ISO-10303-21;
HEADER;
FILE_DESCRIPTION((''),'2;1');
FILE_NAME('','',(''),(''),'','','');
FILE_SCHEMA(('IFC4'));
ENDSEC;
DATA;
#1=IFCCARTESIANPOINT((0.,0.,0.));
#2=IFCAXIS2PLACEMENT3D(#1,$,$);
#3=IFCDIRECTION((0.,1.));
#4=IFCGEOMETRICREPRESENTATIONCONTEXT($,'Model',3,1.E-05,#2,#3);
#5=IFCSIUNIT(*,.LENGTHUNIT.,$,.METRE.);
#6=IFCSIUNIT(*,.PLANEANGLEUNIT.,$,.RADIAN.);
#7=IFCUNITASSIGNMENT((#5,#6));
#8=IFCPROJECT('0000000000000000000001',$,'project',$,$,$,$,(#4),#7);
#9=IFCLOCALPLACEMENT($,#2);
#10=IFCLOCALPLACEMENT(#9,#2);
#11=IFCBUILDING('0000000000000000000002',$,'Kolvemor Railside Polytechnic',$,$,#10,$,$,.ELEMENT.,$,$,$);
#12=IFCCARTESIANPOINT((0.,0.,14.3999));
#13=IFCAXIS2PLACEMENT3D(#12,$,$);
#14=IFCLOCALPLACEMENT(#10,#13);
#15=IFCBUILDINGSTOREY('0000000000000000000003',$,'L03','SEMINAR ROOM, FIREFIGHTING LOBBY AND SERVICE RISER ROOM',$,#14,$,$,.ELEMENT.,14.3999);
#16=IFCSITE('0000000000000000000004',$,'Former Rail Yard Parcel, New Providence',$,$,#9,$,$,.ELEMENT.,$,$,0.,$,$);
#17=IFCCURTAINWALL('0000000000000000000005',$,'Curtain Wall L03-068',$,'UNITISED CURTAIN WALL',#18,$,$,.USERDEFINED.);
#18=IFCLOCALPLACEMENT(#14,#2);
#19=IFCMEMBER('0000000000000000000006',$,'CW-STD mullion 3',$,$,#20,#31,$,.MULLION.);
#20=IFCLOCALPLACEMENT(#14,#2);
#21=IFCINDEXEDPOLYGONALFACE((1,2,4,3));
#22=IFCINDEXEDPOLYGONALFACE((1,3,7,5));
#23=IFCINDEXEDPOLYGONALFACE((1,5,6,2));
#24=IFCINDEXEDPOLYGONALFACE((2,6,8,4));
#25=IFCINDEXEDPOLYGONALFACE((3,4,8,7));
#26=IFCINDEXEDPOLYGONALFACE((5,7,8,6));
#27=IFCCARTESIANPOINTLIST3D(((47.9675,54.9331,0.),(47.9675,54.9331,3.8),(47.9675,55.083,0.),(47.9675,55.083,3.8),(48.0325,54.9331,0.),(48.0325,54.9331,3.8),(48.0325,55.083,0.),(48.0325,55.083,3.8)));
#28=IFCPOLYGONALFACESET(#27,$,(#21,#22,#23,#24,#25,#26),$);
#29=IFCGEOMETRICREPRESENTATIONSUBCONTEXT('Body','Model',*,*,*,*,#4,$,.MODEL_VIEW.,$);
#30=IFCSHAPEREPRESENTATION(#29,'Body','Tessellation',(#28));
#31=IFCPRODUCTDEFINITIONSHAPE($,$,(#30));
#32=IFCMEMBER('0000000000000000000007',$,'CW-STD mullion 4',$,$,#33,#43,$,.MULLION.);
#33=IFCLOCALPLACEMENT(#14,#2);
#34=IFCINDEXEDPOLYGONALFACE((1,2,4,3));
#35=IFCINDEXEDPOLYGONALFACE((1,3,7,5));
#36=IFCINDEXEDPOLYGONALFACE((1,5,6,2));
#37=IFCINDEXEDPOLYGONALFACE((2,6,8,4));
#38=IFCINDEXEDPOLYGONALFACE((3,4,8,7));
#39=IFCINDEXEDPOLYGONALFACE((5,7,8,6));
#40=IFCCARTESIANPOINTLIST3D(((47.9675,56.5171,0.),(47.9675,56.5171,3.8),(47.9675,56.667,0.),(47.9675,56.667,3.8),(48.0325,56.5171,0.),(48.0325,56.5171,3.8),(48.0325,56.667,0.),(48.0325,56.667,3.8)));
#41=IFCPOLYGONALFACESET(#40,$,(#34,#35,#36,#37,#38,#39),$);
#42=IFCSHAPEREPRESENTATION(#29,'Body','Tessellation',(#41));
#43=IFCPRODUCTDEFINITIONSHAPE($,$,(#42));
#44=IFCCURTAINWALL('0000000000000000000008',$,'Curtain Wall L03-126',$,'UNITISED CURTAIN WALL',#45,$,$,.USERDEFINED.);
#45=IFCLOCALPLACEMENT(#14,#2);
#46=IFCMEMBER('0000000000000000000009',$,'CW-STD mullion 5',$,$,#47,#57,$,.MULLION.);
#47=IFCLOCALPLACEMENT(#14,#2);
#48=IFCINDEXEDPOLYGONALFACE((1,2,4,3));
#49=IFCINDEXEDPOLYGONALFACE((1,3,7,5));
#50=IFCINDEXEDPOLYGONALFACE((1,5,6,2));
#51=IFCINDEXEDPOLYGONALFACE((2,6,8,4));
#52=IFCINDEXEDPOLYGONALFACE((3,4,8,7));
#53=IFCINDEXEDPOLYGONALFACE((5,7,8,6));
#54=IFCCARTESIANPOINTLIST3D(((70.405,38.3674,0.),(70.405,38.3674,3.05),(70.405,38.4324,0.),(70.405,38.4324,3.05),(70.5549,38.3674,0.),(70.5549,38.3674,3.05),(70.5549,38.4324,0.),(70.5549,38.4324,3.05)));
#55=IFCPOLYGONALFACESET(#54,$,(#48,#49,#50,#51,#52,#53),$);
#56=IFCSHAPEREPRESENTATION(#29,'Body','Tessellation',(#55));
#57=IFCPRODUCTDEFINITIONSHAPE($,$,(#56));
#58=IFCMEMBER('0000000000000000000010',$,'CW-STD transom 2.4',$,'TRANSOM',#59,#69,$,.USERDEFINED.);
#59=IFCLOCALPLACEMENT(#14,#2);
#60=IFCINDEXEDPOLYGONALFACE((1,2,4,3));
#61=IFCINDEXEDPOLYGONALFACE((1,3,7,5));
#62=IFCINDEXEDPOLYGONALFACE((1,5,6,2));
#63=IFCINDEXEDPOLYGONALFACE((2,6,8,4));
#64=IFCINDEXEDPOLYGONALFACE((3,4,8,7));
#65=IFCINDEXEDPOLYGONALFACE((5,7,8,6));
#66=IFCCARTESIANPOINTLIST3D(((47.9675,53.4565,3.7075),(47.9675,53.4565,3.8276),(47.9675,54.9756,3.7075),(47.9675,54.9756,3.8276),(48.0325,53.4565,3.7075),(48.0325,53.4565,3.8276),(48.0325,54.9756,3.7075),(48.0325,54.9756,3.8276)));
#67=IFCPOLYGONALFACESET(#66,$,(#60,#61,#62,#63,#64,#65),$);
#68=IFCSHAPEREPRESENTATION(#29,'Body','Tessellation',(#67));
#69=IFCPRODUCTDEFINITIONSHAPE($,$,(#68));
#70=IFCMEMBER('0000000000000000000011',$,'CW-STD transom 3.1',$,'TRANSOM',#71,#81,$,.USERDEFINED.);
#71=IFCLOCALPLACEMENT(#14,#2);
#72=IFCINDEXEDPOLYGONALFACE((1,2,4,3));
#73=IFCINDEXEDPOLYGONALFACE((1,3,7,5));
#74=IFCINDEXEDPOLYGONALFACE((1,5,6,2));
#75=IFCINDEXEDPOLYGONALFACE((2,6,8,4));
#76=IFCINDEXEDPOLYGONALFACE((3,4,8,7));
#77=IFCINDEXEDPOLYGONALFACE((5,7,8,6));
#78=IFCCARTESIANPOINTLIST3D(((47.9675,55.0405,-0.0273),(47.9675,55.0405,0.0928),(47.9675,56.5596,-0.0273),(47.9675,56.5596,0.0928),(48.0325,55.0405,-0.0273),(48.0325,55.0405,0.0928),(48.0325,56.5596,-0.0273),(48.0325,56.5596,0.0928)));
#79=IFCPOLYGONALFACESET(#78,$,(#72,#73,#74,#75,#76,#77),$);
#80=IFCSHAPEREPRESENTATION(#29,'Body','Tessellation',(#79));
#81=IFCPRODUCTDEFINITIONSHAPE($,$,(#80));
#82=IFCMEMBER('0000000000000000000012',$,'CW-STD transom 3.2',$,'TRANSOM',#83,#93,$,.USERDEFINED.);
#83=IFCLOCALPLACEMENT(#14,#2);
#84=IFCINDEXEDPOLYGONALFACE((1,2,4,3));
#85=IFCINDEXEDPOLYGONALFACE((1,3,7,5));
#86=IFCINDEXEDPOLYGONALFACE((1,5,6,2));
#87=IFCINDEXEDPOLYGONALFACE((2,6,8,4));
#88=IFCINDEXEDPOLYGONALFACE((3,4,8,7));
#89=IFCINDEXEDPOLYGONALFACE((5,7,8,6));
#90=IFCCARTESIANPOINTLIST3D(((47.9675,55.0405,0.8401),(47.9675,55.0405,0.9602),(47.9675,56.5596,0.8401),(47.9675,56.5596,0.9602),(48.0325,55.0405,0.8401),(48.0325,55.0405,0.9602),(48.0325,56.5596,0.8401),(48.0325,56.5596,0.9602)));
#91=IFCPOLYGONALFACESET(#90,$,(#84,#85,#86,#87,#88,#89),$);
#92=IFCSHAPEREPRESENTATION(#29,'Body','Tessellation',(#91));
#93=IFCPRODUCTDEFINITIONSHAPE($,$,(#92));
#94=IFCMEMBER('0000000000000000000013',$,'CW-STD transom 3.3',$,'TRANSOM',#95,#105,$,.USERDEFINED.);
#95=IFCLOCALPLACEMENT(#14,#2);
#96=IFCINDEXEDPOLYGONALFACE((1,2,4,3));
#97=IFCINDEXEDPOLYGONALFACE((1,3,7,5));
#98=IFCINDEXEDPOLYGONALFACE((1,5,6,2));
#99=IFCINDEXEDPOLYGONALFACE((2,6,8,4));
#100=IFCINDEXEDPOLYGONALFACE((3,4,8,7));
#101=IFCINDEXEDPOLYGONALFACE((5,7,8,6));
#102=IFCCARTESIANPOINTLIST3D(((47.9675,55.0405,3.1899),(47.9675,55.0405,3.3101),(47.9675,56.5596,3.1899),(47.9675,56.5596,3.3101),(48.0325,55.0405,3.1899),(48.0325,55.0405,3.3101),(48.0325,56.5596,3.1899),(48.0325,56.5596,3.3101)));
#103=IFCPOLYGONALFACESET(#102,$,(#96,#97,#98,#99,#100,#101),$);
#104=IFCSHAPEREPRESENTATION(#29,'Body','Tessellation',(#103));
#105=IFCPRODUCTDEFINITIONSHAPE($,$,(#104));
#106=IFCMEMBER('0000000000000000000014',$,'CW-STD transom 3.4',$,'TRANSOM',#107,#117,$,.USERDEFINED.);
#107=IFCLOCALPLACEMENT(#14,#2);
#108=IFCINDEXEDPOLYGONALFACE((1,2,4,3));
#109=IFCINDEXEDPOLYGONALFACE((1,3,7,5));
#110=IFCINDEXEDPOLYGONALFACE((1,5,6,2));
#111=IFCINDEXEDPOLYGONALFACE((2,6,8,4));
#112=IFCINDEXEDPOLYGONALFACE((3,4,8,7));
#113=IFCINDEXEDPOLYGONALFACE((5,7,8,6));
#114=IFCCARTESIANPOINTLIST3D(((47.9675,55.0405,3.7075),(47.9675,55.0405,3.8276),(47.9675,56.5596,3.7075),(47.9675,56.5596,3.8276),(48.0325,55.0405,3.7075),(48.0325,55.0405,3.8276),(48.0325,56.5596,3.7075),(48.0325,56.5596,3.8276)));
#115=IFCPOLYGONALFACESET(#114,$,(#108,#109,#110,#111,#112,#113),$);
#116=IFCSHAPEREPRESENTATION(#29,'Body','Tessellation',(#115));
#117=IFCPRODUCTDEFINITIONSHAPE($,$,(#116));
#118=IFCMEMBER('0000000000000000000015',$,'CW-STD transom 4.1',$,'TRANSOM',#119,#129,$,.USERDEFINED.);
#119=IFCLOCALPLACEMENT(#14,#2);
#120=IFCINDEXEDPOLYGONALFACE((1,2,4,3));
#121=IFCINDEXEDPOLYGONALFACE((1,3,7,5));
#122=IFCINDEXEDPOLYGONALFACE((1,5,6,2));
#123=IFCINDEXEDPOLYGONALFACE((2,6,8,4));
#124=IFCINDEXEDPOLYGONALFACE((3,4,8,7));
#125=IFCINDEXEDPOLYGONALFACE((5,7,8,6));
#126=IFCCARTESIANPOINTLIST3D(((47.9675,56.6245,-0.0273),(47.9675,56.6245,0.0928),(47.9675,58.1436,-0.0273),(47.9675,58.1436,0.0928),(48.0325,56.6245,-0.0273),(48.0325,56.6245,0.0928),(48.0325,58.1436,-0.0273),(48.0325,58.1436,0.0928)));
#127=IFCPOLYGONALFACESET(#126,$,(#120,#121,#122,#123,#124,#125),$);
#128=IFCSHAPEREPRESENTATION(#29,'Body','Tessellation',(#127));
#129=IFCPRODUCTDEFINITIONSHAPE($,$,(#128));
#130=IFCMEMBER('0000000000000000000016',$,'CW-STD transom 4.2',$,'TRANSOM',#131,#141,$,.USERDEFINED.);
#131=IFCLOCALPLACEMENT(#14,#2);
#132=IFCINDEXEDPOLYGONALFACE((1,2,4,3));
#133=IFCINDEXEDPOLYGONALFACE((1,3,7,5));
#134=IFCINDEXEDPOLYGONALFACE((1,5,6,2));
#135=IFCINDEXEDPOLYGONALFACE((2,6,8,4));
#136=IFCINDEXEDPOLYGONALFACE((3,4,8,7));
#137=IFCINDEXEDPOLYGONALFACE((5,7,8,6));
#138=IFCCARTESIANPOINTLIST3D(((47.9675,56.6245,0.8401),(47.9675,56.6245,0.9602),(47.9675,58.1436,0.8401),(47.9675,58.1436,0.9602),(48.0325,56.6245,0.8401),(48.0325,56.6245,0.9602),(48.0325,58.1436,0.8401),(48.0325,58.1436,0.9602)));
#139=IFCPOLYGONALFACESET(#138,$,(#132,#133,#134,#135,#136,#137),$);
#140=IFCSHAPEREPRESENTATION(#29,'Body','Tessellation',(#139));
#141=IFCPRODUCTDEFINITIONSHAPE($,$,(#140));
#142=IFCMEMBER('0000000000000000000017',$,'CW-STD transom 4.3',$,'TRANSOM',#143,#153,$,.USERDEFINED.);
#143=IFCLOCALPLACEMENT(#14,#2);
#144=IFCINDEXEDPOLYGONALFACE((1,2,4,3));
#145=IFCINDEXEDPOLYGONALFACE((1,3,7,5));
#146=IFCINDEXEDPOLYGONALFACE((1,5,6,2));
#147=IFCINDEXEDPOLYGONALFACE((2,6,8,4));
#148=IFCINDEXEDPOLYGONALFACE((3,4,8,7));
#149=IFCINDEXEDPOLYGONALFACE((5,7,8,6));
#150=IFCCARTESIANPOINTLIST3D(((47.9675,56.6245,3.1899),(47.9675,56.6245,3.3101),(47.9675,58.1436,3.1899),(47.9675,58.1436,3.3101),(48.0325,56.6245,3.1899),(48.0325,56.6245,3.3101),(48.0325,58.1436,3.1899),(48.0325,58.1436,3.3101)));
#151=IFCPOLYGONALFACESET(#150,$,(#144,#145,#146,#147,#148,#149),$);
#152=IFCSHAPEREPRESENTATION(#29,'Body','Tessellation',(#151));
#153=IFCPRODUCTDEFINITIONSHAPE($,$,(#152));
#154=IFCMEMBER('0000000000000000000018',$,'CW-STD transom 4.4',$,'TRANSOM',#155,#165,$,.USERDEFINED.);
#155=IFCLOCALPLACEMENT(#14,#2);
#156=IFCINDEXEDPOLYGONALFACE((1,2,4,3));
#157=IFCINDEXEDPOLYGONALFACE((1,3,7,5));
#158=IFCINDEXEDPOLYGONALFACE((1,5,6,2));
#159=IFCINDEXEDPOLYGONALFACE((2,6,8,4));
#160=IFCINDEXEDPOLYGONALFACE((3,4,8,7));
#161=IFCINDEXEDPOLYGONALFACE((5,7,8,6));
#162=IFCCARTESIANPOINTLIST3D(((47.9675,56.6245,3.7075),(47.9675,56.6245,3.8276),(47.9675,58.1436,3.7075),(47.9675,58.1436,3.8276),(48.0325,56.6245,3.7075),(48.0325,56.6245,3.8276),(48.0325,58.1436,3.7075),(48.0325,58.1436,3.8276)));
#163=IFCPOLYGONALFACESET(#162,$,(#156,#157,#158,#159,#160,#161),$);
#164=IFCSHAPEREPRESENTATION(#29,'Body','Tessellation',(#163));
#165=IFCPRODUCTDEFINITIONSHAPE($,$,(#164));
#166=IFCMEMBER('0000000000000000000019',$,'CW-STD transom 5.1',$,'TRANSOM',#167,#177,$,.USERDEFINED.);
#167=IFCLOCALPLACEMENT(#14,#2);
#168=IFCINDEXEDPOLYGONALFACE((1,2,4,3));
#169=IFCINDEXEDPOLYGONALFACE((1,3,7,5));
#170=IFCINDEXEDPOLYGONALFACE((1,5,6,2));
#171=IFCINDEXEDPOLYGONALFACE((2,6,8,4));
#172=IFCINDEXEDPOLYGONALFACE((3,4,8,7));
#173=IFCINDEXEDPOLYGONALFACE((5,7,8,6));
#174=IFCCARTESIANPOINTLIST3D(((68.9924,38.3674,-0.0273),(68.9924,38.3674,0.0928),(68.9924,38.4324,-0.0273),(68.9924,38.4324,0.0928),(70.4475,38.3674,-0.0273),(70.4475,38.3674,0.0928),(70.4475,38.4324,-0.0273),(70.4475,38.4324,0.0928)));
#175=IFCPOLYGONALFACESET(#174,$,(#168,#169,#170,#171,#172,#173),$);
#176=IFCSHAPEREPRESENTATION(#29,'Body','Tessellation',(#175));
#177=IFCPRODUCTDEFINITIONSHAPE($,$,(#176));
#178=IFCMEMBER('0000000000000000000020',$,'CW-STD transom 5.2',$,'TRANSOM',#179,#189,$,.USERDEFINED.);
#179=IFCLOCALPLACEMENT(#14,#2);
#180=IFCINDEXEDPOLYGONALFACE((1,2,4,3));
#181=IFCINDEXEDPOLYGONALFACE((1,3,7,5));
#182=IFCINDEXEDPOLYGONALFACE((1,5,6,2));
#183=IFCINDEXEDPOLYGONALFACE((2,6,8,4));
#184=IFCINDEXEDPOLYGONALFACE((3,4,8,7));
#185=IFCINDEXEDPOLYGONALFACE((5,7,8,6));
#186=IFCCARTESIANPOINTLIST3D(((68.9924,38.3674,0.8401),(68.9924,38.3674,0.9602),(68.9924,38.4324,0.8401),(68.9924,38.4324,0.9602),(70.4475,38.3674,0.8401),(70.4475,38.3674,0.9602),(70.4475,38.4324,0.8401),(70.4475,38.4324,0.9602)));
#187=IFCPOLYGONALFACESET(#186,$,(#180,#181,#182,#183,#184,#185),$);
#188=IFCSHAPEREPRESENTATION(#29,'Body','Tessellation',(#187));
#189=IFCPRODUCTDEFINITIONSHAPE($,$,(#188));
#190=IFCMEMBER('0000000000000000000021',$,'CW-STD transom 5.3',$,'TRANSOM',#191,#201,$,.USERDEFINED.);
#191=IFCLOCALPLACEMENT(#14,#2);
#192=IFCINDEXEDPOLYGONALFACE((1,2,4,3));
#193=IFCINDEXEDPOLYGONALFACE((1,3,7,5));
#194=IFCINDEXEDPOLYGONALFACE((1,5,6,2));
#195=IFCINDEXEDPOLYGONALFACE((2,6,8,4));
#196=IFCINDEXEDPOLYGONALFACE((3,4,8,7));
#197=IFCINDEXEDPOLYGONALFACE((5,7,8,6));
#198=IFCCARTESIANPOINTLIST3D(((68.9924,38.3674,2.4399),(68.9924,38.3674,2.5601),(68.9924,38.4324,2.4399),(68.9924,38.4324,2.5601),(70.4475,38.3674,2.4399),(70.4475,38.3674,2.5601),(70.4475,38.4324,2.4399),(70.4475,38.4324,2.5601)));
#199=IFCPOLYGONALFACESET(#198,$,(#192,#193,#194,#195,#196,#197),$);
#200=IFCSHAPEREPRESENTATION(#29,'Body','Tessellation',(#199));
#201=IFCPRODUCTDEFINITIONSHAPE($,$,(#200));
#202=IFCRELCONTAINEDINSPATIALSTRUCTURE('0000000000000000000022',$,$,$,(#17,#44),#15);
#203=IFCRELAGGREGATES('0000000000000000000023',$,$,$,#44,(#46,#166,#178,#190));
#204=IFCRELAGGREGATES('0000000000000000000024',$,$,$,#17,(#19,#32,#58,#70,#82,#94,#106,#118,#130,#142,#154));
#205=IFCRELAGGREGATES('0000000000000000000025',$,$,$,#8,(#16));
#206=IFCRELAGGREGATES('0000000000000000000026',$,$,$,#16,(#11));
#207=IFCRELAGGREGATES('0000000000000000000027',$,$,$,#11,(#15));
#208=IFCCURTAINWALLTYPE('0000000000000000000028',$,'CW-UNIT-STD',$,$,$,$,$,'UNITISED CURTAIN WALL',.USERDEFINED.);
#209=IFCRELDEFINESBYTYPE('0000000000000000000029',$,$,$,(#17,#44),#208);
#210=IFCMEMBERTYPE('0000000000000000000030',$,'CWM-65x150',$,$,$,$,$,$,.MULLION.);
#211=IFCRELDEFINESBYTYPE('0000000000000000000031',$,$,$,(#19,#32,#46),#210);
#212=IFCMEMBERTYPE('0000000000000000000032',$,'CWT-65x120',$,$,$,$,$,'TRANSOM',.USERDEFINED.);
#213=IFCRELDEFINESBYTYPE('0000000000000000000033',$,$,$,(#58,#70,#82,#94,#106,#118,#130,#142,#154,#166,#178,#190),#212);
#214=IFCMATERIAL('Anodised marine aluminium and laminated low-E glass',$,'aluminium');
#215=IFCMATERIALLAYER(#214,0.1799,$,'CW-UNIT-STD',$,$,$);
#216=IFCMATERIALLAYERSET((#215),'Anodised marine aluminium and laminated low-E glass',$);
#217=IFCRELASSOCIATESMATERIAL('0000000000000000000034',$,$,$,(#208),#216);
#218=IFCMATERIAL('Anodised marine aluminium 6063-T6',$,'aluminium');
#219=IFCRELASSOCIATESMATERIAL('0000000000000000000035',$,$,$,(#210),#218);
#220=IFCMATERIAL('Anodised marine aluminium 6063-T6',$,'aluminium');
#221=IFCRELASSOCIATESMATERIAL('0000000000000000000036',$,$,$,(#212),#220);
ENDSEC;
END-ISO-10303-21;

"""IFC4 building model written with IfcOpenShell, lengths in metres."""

from ifc_helpers import new_model, si_unit, direction, frame, origin, origin_2d, place, context, subcontext, project, spatial, rectangle, extrude, material, layer, layer_set, material_profile, profile_set, type_object, element, aggregate, save


model = new_model("IFC4")

# Units and contexts
model_context = context("Model", 3, precision=1e-05, world=origin(), true_north=direction((0.0, 1.0)))
body_context = subcontext(model_context, "Body", "Model", "MODEL_VIEW")
ifc_project = project(units=[si_unit("LENGTHUNIT", "METRE"), si_unit("PLANEANGLEUNIT", "RADIAN")], contexts=[model_context])

# Site, building, storey
site_placement = place(None, origin())
site = spatial("IfcSite", under=ifc_project, at=site_placement, Name="Former Rail Yard Parcel, New Providence", CompositionType="ELEMENT", RefElevation=0.0)
building_placement = place(site_placement, origin())
building = spatial("IfcBuilding", under=site, at=building_placement, Name="Kolvemor Railside Polytechnic", CompositionType="ELEMENT")
storey_placement = place(building_placement, frame((0.0, 0.0, 14.3999)))
storey = spatial("IfcBuildingStorey", under=building, at=storey_placement, Name="L03", Description="SEMINAR ROOM, FIREFIGHTING LOBBY AND SERVICE RISER ROOM", CompositionType="ELEMENT", Elevation=14.3999)

# Curtain wall, members
ifc_material_1 = material(Name="Anodised marine aluminium and laminated low-E glass", Category="aluminium")
ifc_layer_1 = layer(ifc_material_1, 0.1799, Name="CW-UNIT-STD")
ifc_layer_set_1 = layer_set([ifc_layer_1], Name="Anodised marine aluminium and laminated low-E glass")
curtain_wall_type = type_object("IfcCurtainWallType", Name="CW-UNIT-STD", ElementType="UNITISED CURTAIN WALL", PredefinedType="USERDEFINED", material=ifc_layer_set_1)
curtain_wall_1_placement = place(storey_placement, origin())
curtain_wall_1 = element("IfcCurtainWall", 1, at=curtain_wall_1_placement, inside=storey, type_object=curtain_wall_type, Name="Curtain Wall L03-068", ObjectType="UNITISED CURTAIN WALL", PredefinedType="USERDEFINED")
ifc_material_2 = material(Name="Anodised marine aluminium 6063-T6", Category="aluminium")
ifc_material_profile_1 = material_profile(ifc_material_2, rectangle(XDim=0.0649, YDim=0.1499, at=origin_2d()), Name="CW-MUL-65x150")
ifc_profile_set_1 = profile_set([ifc_material_profile_1], Name="Anodised marine aluminium 6063-T6")
member_type_1 = type_object("IfcMemberType", Name="CWM-65x150", PredefinedType="MULLION", material=ifc_profile_set_1)
member_1_placement = place(storey_placement, frame((48.0, 55.0081, 0.0), z_axis=(0.0, 0.0, 1.0), x_axis=(-1.0, 0.0, 0.0)))
member_1 = element("IfcMember", 2, at=member_1_placement, type_object=member_type_1, Name="CW-STD mullion 3", PredefinedType="MULLION", context=body_context, shape_type="SweptSolid", body=[
    extrude(rectangle(XDim=0.0649, YDim=0.1499, at=origin_2d()), origin(), (0.0, 0.0, 1.0), 3.8),
])
member_2_placement = place(storey_placement, frame((48.0, 56.592, 0.0), z_axis=(0.0, 0.0, 1.0), x_axis=(-1.0, 0.0, 0.0)))
member_2 = element("IfcMember", 3, at=member_2_placement, type_object=member_type_1, Name="CW-STD mullion 4", PredefinedType="MULLION", context=body_context, shape_type="SweptSolid", body=[
    extrude(rectangle(XDim=0.0649, YDim=0.1499, at=origin_2d()), origin(), (0.0, 0.0, 1.0), 3.8),
])

# Curtain wall, member
curtain_wall_2_placement = place(storey_placement, origin())
curtain_wall_2 = element("IfcCurtainWall", 4, at=curtain_wall_2_placement, inside=storey, type_object=curtain_wall_type, Name="Curtain Wall L03-126", ObjectType="UNITISED CURTAIN WALL", PredefinedType="USERDEFINED")
member_3_placement = place(storey_placement, frame((70.48, 38.3999, 0.0), z_axis=(0.0, 0.0, 1.0), x_axis=(0.0, -1.0, 0.0)))
member_3 = element("IfcMember", 5, at=member_3_placement, type_object=member_type_1, Name="CW-STD mullion 5", PredefinedType="MULLION", context=body_context, shape_type="SweptSolid", body=[
    extrude(rectangle(XDim=0.0649, YDim=0.1499, at=origin_2d()), origin(), (0.0, 0.0, 1.0), 3.05),
])

# Members
ifc_material_3 = material(Name="Anodised marine aluminium 6063-T6", Category="aluminium")
ifc_material_profile_2 = material_profile(ifc_material_3, rectangle(XDim=0.0649, YDim=0.1201, at=origin_2d()), Name="CW-TRN-65x120")
ifc_profile_set_2 = profile_set([ifc_material_profile_2], Name="Anodised marine aluminium 6063-T6")
member_type_2 = type_object("IfcMemberType", Name="CWT-65x120", ElementType="TRANSOM", PredefinedType="USERDEFINED", material=ifc_profile_set_2)
member_4_placement = place(storey_placement, frame((48.0, 53.4565, 3.7676), z_axis=(0.0, 1.0, 0.0), x_axis=(-1.0, 0.0, 0.0)))
member_4 = element("IfcMember", 6, at=member_4_placement, type_object=member_type_2, Name="CW-STD transom 2.4", ObjectType="TRANSOM", PredefinedType="USERDEFINED", context=body_context, shape_type="SweptSolid", body=[
    extrude(rectangle(XDim=0.0649, YDim=0.1201, at=origin_2d()), origin(), (0.0, 0.0, 1.0), 1.519),
])
member_5_placement = place(storey_placement, frame((48.0, 55.0405, 0.0327), z_axis=(0.0, 1.0, 0.0), x_axis=(-1.0, 0.0, 0.0)))
member_5 = element("IfcMember", 7, at=member_5_placement, type_object=member_type_2, Name="CW-STD transom 3.1", ObjectType="TRANSOM", PredefinedType="USERDEFINED", context=body_context, shape_type="SweptSolid", body=[
    extrude(rectangle(XDim=0.0649, YDim=0.1201, at=origin_2d()), origin(), (0.0, 0.0, 1.0), 1.519),
])
member_6_placement = place(storey_placement, frame((48.0, 55.0405, 0.9001), z_axis=(0.0, 1.0, 0.0), x_axis=(-1.0, 0.0, 0.0)))
member_6 = element("IfcMember", 8, at=member_6_placement, type_object=member_type_2, Name="CW-STD transom 3.2", ObjectType="TRANSOM", PredefinedType="USERDEFINED", context=body_context, shape_type="SweptSolid", body=[
    extrude(rectangle(XDim=0.0649, YDim=0.1201, at=origin_2d()), origin(), (0.0, 0.0, 1.0), 1.519),
])
member_7_placement = place(storey_placement, frame((48.0, 55.0405, 3.25), z_axis=(0.0, 1.0, 0.0), x_axis=(-1.0, 0.0, 0.0)))
member_7 = element("IfcMember", 9, at=member_7_placement, type_object=member_type_2, Name="CW-STD transom 3.3", ObjectType="TRANSOM", PredefinedType="USERDEFINED", context=body_context, shape_type="SweptSolid", body=[
    extrude(rectangle(XDim=0.0649, YDim=0.1201, at=origin_2d()), origin(), (0.0, 0.0, 1.0), 1.519),
])
member_8_placement = place(storey_placement, frame((48.0, 55.0405, 3.7676), z_axis=(0.0, 1.0, 0.0), x_axis=(-1.0, 0.0, 0.0)))
member_8 = element("IfcMember", 10, at=member_8_placement, type_object=member_type_2, Name="CW-STD transom 3.4", ObjectType="TRANSOM", PredefinedType="USERDEFINED", context=body_context, shape_type="SweptSolid", body=[
    extrude(rectangle(XDim=0.0649, YDim=0.1201, at=origin_2d()), origin(), (0.0, 0.0, 1.0), 1.519),
])
member_9_placement = place(storey_placement, frame((48.0, 56.6245, 0.0327), z_axis=(0.0, 1.0, 0.0), x_axis=(-1.0, 0.0, 0.0)))
member_9 = element("IfcMember", 11, at=member_9_placement, type_object=member_type_2, Name="CW-STD transom 4.1", ObjectType="TRANSOM", PredefinedType="USERDEFINED", context=body_context, shape_type="SweptSolid", body=[
    extrude(rectangle(XDim=0.0649, YDim=0.1201, at=origin_2d()), origin(), (0.0, 0.0, 1.0), 1.519),
])
member_10_placement = place(storey_placement, frame((48.0, 56.6245, 0.9001), z_axis=(0.0, 1.0, 0.0), x_axis=(-1.0, 0.0, 0.0)))
member_10 = element("IfcMember", 12, at=member_10_placement, type_object=member_type_2, Name="CW-STD transom 4.2", ObjectType="TRANSOM", PredefinedType="USERDEFINED", context=body_context, shape_type="SweptSolid", body=[
    extrude(rectangle(XDim=0.0649, YDim=0.1201, at=origin_2d()), origin(), (0.0, 0.0, 1.0), 1.519),
])
member_11_placement = place(storey_placement, frame((48.0, 56.6245, 3.25), z_axis=(0.0, 1.0, 0.0), x_axis=(-1.0, 0.0, 0.0)))
member_11 = element("IfcMember", 13, at=member_11_placement, type_object=member_type_2, Name="CW-STD transom 4.3", ObjectType="TRANSOM", PredefinedType="USERDEFINED", context=body_context, shape_type="SweptSolid", body=[
    extrude(rectangle(XDim=0.0649, YDim=0.1201, at=origin_2d()), origin(), (0.0, 0.0, 1.0), 1.519),
])
member_12_placement = place(storey_placement, frame((48.0, 56.6245, 3.7676), z_axis=(0.0, 1.0, 0.0), x_axis=(-1.0, 0.0, 0.0)))
member_12 = element("IfcMember", 14, at=member_12_placement, type_object=member_type_2, Name="CW-STD transom 4.4", ObjectType="TRANSOM", PredefinedType="USERDEFINED", context=body_context, shape_type="SweptSolid", body=[
    extrude(rectangle(XDim=0.0649, YDim=0.1201, at=origin_2d()), origin(), (0.0, 0.0, 1.0), 1.519),
])
member_13_placement = place(storey_placement, frame((70.4475, 38.3999, 0.0327), z_axis=(-1.0, 0.0, 0.0), x_axis=(0.0, -1.0, 0.0)))
member_13 = element("IfcMember", 15, at=member_13_placement, type_object=member_type_2, Name="CW-STD transom 5.1", ObjectType="TRANSOM", PredefinedType="USERDEFINED", context=body_context, shape_type="SweptSolid", body=[
    extrude(rectangle(XDim=0.0649, YDim=0.1201, at=origin_2d()), origin(), (0.0, 0.0, 1.0), 1.4551),
])
member_14_placement = place(storey_placement, frame((70.4475, 38.3999, 0.9001), z_axis=(-1.0, 0.0, 0.0), x_axis=(0.0, -1.0, 0.0)))
member_14 = element("IfcMember", 16, at=member_14_placement, type_object=member_type_2, Name="CW-STD transom 5.2", ObjectType="TRANSOM", PredefinedType="USERDEFINED", context=body_context, shape_type="SweptSolid", body=[
    extrude(rectangle(XDim=0.0649, YDim=0.1201, at=origin_2d()), origin(), (0.0, 0.0, 1.0), 1.4551),
])
member_15_placement = place(storey_placement, frame((70.4475, 38.3999, 2.5), z_axis=(-1.0, 0.0, 0.0), x_axis=(0.0, -1.0, 0.0)))
member_15 = element("IfcMember", 17, at=member_15_placement, type_object=member_type_2, Name="CW-STD transom 5.3", ObjectType="TRANSOM", PredefinedType="USERDEFINED", context=body_context, shape_type="SweptSolid", body=[
    extrude(rectangle(XDim=0.0649, YDim=0.1201, at=origin_2d()), origin(), (0.0, 0.0, 1.0), 1.4551),
])

aggregate(curtain_wall_2, [member_3, member_13, member_14, member_15])
aggregate(curtain_wall_1, [member_1, member_2, member_4, member_5, member_6, member_7, member_8, member_9, member_10, member_11, member_12])

save(model, "model.ifc")
